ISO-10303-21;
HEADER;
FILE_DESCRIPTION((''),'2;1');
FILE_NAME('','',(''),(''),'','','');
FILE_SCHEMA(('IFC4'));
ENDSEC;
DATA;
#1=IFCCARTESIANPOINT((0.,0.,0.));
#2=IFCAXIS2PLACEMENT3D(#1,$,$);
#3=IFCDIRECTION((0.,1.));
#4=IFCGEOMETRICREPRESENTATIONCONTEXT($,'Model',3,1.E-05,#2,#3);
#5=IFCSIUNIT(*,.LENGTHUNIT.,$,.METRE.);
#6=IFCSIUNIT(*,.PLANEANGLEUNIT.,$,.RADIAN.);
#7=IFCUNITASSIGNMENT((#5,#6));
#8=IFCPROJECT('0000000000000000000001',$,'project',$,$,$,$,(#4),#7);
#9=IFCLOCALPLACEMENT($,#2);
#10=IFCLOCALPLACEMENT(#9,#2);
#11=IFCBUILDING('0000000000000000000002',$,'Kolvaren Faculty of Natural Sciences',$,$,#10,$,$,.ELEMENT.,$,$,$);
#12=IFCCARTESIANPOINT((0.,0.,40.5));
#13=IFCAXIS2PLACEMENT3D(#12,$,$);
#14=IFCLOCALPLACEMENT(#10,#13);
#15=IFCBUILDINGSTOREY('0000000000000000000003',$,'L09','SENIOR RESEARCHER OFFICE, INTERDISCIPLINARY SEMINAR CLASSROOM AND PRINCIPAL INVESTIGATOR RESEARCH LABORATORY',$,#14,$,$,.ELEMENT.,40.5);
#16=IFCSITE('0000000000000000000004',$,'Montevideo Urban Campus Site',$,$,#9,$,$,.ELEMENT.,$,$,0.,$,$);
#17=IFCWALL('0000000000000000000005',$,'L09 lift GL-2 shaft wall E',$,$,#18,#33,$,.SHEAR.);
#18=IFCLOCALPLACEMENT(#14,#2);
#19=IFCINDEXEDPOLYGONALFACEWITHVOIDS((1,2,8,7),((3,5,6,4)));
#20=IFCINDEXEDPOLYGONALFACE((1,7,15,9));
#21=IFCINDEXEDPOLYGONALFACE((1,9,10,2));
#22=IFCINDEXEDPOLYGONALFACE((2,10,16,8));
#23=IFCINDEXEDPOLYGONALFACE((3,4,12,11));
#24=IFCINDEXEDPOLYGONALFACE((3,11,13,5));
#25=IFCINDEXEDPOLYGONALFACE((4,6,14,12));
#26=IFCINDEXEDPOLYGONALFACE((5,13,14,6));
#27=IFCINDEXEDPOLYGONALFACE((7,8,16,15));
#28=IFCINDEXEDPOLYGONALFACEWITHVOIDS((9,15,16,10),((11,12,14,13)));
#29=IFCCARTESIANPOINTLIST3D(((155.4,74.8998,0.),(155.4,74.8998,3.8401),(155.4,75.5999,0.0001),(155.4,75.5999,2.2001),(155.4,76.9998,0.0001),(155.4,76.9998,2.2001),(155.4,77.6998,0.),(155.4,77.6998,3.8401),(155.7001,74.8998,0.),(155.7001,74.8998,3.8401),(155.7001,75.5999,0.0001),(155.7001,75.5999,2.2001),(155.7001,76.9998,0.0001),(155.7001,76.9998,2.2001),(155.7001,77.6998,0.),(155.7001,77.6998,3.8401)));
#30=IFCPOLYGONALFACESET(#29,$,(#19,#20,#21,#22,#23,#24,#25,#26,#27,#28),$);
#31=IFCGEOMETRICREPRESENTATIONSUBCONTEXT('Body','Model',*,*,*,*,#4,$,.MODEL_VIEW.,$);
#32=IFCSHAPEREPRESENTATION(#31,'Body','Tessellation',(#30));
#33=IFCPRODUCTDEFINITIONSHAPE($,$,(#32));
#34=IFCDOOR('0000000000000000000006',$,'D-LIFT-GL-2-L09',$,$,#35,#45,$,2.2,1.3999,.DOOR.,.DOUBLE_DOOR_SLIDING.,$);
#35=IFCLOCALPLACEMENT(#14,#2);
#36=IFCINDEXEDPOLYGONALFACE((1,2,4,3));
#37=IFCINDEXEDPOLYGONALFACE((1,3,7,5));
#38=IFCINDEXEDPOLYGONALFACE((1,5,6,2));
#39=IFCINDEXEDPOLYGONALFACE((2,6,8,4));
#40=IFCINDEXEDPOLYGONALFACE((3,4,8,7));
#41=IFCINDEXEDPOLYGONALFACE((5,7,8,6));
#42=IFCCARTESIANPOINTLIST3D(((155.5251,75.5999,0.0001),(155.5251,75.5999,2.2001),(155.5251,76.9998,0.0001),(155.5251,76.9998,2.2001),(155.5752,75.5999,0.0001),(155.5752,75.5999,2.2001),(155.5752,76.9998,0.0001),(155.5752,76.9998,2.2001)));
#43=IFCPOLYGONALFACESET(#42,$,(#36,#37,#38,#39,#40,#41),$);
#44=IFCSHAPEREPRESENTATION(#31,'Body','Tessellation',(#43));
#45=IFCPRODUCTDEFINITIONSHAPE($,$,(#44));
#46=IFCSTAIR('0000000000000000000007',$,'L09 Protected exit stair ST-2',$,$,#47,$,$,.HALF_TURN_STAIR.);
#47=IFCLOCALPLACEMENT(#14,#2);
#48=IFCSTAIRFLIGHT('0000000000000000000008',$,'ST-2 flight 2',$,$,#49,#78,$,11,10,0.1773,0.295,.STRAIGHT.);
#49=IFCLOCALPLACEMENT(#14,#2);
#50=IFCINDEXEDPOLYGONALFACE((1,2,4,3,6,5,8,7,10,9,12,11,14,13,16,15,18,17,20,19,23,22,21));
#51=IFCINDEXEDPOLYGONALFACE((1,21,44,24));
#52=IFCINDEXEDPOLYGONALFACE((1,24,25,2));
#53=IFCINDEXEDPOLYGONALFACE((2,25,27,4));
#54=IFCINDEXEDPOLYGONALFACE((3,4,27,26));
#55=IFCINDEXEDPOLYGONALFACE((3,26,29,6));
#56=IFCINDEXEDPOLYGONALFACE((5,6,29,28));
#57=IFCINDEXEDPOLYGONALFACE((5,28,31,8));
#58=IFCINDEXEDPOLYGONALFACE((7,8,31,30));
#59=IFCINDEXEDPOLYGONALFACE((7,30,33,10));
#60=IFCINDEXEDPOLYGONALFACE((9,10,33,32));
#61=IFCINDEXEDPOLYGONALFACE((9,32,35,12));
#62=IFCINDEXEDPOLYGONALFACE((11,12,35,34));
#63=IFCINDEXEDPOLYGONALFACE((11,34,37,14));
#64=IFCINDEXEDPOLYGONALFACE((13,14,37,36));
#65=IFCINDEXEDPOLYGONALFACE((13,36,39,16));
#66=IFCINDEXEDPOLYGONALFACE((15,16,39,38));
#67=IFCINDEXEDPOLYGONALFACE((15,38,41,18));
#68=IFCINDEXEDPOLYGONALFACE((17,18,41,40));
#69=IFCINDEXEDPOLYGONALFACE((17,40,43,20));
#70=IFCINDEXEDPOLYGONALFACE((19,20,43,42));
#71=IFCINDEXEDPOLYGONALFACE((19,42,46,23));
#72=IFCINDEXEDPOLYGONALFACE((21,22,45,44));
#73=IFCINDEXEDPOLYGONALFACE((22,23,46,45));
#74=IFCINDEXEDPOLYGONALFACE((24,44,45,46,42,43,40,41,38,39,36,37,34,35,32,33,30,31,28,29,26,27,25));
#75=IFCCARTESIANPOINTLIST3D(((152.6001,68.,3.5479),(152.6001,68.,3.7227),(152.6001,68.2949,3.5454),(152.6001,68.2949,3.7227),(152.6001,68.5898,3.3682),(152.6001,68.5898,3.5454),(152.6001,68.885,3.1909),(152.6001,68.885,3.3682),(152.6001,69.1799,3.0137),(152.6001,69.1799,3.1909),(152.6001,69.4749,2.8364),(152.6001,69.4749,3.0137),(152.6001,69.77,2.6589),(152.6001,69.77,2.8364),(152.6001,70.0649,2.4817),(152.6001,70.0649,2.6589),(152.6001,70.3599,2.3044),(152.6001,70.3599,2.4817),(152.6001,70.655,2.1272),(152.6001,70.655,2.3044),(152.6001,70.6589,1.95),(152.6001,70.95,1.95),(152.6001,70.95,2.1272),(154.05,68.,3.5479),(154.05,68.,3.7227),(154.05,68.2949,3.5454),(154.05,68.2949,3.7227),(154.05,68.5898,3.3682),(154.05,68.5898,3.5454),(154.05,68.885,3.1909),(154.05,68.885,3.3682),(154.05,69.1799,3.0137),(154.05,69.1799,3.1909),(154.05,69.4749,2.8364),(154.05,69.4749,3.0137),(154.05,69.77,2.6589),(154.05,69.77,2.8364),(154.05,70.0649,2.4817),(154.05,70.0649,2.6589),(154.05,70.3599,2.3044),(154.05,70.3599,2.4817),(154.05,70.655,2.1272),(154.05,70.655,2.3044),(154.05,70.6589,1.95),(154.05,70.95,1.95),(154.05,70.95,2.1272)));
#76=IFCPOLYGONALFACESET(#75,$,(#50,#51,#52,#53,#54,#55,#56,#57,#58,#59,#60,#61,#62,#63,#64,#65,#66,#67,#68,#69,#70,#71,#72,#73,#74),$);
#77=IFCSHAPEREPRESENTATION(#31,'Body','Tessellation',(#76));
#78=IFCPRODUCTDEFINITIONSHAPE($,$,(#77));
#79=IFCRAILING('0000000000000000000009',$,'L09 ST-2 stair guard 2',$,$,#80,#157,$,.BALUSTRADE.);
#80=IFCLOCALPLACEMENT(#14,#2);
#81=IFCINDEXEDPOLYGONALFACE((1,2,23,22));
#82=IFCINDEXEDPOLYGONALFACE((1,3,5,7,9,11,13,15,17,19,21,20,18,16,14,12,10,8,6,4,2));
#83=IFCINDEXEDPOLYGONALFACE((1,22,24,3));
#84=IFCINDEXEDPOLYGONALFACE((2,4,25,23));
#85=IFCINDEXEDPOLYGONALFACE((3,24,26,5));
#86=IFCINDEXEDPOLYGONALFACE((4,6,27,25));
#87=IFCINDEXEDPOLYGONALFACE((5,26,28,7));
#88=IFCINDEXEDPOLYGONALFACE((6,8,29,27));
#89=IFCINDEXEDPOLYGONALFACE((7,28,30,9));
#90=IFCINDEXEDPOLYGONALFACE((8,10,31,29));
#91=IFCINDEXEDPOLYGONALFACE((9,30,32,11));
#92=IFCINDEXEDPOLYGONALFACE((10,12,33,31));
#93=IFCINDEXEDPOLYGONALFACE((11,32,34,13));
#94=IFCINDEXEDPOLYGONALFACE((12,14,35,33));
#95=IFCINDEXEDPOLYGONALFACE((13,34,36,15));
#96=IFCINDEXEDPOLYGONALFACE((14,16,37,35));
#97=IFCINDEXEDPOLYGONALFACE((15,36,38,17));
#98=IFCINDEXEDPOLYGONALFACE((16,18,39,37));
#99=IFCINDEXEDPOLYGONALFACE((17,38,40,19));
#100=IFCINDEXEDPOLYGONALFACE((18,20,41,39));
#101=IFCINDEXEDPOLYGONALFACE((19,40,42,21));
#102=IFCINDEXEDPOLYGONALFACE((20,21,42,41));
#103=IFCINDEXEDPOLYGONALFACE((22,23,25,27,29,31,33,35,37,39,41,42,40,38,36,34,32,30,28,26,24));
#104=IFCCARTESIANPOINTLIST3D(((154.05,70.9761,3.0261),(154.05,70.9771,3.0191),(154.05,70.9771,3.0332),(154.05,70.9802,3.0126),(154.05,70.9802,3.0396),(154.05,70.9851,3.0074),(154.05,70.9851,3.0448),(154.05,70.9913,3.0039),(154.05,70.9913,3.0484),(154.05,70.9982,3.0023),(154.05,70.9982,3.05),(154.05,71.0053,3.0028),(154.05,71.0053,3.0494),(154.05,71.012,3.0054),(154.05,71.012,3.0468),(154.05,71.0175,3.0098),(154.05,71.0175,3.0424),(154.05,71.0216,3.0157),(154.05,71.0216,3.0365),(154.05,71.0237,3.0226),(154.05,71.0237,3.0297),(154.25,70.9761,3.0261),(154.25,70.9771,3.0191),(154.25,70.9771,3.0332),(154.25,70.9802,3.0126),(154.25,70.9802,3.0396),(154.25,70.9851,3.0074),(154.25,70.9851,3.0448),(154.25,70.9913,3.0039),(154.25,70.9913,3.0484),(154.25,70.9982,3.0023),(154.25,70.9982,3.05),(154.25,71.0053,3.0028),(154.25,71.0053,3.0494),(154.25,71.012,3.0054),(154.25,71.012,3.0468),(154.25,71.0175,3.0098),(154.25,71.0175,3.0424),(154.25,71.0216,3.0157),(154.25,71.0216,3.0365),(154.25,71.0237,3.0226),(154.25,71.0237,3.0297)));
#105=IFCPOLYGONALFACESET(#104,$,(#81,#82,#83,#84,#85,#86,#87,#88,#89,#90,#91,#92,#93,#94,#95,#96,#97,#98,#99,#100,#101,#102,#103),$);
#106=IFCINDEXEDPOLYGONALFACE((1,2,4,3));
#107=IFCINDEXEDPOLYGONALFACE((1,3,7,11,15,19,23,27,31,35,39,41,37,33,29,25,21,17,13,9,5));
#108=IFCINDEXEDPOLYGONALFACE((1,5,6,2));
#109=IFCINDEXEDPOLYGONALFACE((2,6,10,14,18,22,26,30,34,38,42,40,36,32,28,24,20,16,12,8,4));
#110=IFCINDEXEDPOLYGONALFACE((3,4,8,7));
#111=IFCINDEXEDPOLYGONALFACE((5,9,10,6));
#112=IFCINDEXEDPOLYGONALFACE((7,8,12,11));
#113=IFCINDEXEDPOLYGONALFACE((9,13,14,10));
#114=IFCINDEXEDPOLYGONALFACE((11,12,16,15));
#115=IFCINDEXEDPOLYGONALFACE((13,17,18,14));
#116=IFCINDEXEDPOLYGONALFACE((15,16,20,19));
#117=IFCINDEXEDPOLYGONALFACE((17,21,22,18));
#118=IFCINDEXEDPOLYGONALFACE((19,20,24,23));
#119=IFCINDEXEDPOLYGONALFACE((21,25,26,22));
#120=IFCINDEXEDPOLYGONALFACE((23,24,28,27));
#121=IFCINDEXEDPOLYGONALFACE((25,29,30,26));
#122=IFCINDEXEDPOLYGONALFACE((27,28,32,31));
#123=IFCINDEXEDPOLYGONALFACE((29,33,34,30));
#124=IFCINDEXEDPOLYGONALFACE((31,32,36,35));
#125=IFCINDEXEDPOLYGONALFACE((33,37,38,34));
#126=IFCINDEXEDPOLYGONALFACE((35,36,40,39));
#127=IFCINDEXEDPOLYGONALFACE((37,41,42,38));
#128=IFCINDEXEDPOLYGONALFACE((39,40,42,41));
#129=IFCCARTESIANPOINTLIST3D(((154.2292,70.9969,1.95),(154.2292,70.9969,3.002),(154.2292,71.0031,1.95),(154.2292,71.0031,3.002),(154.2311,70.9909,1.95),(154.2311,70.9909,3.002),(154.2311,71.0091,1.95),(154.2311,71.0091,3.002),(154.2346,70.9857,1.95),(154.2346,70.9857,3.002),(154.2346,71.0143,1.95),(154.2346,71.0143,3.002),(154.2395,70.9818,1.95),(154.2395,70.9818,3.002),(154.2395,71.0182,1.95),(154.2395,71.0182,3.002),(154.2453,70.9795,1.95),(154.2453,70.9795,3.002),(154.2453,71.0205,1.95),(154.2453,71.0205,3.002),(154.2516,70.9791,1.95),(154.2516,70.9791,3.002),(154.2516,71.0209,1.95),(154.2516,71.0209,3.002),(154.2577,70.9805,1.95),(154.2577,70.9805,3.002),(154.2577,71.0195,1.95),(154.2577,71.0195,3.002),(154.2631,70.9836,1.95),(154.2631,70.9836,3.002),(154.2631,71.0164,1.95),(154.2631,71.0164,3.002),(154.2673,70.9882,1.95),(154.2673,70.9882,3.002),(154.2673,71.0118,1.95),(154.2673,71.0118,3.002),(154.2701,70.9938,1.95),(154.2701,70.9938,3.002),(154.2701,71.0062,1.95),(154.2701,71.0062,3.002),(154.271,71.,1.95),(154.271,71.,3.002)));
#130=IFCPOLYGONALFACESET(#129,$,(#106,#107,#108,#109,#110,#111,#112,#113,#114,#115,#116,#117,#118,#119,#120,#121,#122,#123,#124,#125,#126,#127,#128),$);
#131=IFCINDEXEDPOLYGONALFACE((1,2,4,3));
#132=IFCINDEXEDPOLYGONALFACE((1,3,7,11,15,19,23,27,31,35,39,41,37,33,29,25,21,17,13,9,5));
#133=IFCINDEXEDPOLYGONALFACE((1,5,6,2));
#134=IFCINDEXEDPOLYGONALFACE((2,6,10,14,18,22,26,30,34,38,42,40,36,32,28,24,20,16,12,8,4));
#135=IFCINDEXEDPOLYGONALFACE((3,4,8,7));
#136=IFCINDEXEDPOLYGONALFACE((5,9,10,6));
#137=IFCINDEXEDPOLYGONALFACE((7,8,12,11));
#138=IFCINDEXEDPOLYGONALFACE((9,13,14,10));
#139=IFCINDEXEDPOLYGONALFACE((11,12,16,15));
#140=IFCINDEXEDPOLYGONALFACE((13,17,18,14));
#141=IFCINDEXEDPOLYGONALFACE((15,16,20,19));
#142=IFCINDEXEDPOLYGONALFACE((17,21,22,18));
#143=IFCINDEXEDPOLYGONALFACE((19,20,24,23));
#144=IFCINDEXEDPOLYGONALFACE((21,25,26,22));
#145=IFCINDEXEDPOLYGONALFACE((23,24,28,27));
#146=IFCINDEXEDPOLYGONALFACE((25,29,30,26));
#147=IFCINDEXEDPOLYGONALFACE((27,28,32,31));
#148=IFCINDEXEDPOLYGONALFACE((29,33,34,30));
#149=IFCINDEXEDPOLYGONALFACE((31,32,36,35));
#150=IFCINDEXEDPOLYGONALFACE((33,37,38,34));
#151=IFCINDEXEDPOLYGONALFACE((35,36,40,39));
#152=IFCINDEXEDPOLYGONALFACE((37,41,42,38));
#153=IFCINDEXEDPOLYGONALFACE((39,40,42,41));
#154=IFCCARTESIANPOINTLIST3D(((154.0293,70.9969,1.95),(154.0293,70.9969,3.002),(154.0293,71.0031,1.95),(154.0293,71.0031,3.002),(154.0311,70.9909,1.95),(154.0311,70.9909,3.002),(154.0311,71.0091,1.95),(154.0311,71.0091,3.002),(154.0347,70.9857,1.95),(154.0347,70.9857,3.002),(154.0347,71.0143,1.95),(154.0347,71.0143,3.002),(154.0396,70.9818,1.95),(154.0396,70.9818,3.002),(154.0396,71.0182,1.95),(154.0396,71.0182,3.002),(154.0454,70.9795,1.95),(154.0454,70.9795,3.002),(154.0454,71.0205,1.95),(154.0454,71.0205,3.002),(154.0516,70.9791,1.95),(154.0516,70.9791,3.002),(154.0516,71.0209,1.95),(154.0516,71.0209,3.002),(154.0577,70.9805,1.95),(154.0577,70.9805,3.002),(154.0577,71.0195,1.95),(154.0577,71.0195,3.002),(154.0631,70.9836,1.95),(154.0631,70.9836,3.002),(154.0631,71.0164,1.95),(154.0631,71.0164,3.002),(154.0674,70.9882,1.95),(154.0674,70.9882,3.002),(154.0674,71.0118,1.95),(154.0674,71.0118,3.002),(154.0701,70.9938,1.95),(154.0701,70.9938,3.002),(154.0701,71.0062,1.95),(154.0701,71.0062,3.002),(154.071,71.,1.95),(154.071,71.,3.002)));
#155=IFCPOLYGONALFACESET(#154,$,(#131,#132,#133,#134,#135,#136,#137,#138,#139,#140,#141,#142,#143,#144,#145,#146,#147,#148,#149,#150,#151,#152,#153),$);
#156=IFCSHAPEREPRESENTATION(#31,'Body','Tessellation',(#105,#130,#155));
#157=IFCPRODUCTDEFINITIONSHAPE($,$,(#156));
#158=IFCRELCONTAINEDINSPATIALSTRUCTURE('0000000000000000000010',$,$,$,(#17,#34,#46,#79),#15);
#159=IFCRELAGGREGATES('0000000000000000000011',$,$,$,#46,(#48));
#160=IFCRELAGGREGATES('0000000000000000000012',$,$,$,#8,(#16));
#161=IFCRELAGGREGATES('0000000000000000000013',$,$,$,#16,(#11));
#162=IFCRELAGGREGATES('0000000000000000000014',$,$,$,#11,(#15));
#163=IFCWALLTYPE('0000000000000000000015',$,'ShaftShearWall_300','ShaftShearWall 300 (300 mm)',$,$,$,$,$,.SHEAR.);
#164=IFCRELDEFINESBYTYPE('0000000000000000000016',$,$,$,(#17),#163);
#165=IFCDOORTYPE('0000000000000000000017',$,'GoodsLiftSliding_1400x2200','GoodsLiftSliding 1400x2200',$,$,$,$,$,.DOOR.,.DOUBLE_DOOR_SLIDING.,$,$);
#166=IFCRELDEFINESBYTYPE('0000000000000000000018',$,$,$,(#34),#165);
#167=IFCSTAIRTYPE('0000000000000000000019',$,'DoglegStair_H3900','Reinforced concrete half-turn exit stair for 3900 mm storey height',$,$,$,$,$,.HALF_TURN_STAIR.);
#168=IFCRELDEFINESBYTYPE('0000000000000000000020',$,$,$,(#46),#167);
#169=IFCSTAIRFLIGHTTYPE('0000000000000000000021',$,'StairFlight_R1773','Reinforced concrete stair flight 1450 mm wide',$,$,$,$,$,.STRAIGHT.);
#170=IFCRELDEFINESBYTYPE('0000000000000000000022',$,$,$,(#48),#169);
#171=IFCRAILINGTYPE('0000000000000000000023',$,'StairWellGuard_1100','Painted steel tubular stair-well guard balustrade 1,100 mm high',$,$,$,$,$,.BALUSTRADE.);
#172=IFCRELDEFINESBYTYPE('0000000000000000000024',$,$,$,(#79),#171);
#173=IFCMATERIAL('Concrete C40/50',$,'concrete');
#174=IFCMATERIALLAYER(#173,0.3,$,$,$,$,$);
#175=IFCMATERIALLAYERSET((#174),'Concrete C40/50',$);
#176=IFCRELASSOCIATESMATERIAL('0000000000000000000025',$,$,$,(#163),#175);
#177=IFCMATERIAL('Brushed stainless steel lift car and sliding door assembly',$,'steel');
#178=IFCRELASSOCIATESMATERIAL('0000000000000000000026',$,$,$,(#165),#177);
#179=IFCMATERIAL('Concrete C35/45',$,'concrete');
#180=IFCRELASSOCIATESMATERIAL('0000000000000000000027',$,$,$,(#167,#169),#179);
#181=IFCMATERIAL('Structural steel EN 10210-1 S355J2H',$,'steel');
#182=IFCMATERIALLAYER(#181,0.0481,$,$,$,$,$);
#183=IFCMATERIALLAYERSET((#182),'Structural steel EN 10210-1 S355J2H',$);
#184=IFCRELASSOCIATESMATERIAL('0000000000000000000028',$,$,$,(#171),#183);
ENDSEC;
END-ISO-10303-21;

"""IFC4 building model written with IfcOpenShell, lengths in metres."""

from ifc_helpers import new_model, si_unit, direction, frame, frame_2d, origin, origin_2d, place, context, subcontext, project, spatial, polyline, rectangle, circle, outline, extrude, material, layer, layer_set, type_object, element, fill, aggregate, save


model = new_model("IFC4")

# Units and contexts
model_context = context("Model", 3, precision=1e-05, world=origin(), true_north=direction((0.0, 1.0)))
body_context = subcontext(model_context, "Body", "Model", "MODEL_VIEW")
ifc_project = project(units=[si_unit("LENGTHUNIT", "METRE"), si_unit("PLANEANGLEUNIT", "RADIAN")], contexts=[model_context])

# Site, building, storey
site_placement = place(None, origin())
site = spatial("IfcSite", under=ifc_project, at=site_placement, Name="Montevideo Urban Campus Site", CompositionType="ELEMENT", RefElevation=0.0)
building_placement = place(site_placement, origin())
building = spatial("IfcBuilding", under=site, at=building_placement, Name="Kolvaren Faculty of Natural Sciences", CompositionType="ELEMENT")
storey_placement = place(building_placement, frame((0.0, 0.0, 40.5)))
storey = spatial("IfcBuildingStorey", under=building, at=storey_placement, Name="L09", Description="SENIOR RESEARCHER OFFICE, INTERDISCIPLINARY SEMINAR CLASSROOM AND PRINCIPAL INVESTIGATOR RESEARCH LABORATORY", CompositionType="ELEMENT", Elevation=40.5)

# Shared definitions
ifc_material_1 = material(Name="Concrete C35/45", Category="concrete")

# Shared definitions
ifc_material_2 = material(Name="Concrete C40/50", Category="concrete")

# Shared definitions
ifc_layer_1 = layer(ifc_material_2, 0.3)
ifc_layer_set_1 = layer_set([ifc_layer_1], Name="Concrete C40/50")
wall_type_1 = type_object("IfcWallType", Name="ShaftShearWall_300", Description="ShaftShearWall 300 (300 mm)", PredefinedType="SHEAR", material=ifc_layer_set_1)
ifc_material_3 = material(Name="Brushed stainless steel lift car and sliding door assembly", Category="steel")

# Wall, opening, door
wall_1_placement = place(storey_placement, frame((155.55, 74.8999, 0.0), z_axis=(0.0, 0.0, 1.0), x_axis=(0.0, 1.0, 0.0)))
wall_1 = element("IfcWall", 1, at=wall_1_placement, inside=storey, type_object=wall_type_1, Name="L09 lift GL-2 shaft wall E", PredefinedType="SHEAR", context=body_context, shape_type="SweptSolid", body=[
    extrude(rectangle(XDim=2.8, YDim=0.3, at=frame_2d((1.3999, 0.0))), origin(), (0.0, 0.0, 1.0), 3.8401),
])
opening_1_placement = place(wall_1_placement, frame((0.7, 0.0, 0.0)))
opening_1 = element("IfcOpeningElement", 2, at=opening_1_placement, cuts=wall_1, PredefinedType="OPENING", context=body_context, shape_type="SweptSolid", body=[
    extrude(rectangle(XDim=1.3999, YDim=2.2, at=frame_2d((0.7, 1.1001))), frame((0.0, 0.1599, 0.0), z_axis=(0.0, -1.0, 0.0), x_axis=(1.0, 0.0, 0.0)), (0.0, 0.0, 1.0), 0.3201),
])
door_type_1 = type_object("IfcDoorType", Name="GoodsLiftSliding_1400x2200", Description="GoodsLiftSliding 1400x2200", OperationType="DOUBLE_DOOR_SLIDING", PredefinedType="DOOR", material=ifc_material_3)
door_1_placement = place(opening_1_placement, origin())
door_1 = element("IfcDoor", 3, at=door_1_placement, inside=storey, type_object=door_type_1, Name="D-LIFT-GL-2-L09", OperationType="DOUBLE_DOOR_SLIDING", OverallHeight=2.2, OverallWidth=1.3999, PredefinedType="DOOR", context=body_context, shape_type="SweptSolid", body=[
    extrude(rectangle(XDim=1.3999, YDim=2.2, at=frame_2d((0.7, 1.1001))), frame((0.0, 0.0249, 0.0), z_axis=(0.0, -1.0, 0.0), x_axis=(1.0, 0.0, 0.0)), (0.0, 0.0, 1.0), 0.05),
])
fill(opening_1, door_1)

# Stair, stair flight
stair_type = type_object("IfcStairType", Name="DoglegStair_H3900", Description="Reinforced concrete half-turn exit stair for 3900 mm storey height", PredefinedType="HALF_TURN_STAIR", material=ifc_material_1)
stair_placement = place(storey_placement, origin())
stair = element("IfcStair", 4, at=stair_placement, inside=storey, type_object=stair_type, Name="L09 Protected exit stair ST-2", PredefinedType="HALF_TURN_STAIR")
stair_flight_type = type_object("IfcStairFlightType", Name="StairFlight_R1773", Description="Reinforced concrete stair flight 1450 mm wide", PredefinedType="STRAIGHT", material=ifc_material_1)
stair_flight_placement = place(storey_placement, frame((153.325, 70.95, 1.95), z_axis=(0.0, 0.0, 1.0), x_axis=(0.0, -1.0, 0.0)))
stair_flight = element("IfcStairFlight", 5, at=stair_flight_placement, type_object=stair_flight_type, Name="ST-2 flight 2", NumberOfRisers=11, NumberOfTreads=10, PredefinedType="STRAIGHT", RiserHeight=0.1773, TreadLength=0.295, context=body_context, shape_type="SweptSolid", body=[
    extrude(outline(polyline([(0.0, 0.0), (0.0, 0.1772), (0.2949, 0.1772), (0.2949, 0.3545), (0.5901, 0.3545), (0.5901, 0.5317), (0.885, 0.5317), (0.885, 0.709), (1.1799, 0.709), (1.1799, 0.8865), (1.4751, 0.8865), (1.4751, 1.0637), (1.77, 1.0637), (1.77, 1.241), (2.0649, 1.241), (2.0649, 1.4182), (2.3601, 1.4182), (2.3601, 1.5955), (2.655, 1.5955), (2.655, 1.7727), (2.95, 1.7727), (2.95, 1.95), (2.95, 1.5979), (0.291, 0.0), (0.0, 0.0)])), frame((0.0, 0.7251, 0.0), z_axis=(0.0, -1.0, 0.0), x_axis=(1.0, 0.0, 0.0)), (0.0, 0.0, 1.0), 1.45),
])
aggregate(stair, [stair_flight])

# Railing
ifc_material_4 = material(Name="Structural steel EN 10210-1 S355J2H", Category="steel")
ifc_layer_2 = layer(ifc_material_4, 0.0481)
ifc_layer_set_2 = layer_set([ifc_layer_2], Name="Structural steel EN 10210-1 S355J2H")
railing_type = type_object("IfcRailingType", Name="StairWellGuard_1100", Description="Painted steel tubular stair-well guard balustrade 1,100 mm high", PredefinedType="BALUSTRADE", material=ifc_layer_set_2)
railing_1_placement = place(storey_placement, frame((154.25, 71.0, 1.95)))
element("IfcRailing", 6, at=railing_1_placement, inside=storey, type_object=railing_type, Name="L09 ST-2 stair guard 2", PredefinedType="BALUSTRADE", context=body_context, shape_type="SweptSolid", body=[
    extrude(circle(Radius=0.0239, at=origin_2d()), frame((0.0, 0.0, 1.0762), z_axis=(-1.0, 0.0, 0.0), x_axis=(0.0, -1.0, 0.0)), (0.0, 0.0, 1.0), 0.2),
    extrude(circle(Radius=0.021, at=origin_2d()), origin(), (0.0, 0.0, 1.0), 1.052),
    extrude(circle(Radius=0.021, at=origin_2d()), frame((-0.2, 0.0, 0.0)), (0.0, 0.0, 1.0), 1.052),
])

save(model, "model.ifc")
